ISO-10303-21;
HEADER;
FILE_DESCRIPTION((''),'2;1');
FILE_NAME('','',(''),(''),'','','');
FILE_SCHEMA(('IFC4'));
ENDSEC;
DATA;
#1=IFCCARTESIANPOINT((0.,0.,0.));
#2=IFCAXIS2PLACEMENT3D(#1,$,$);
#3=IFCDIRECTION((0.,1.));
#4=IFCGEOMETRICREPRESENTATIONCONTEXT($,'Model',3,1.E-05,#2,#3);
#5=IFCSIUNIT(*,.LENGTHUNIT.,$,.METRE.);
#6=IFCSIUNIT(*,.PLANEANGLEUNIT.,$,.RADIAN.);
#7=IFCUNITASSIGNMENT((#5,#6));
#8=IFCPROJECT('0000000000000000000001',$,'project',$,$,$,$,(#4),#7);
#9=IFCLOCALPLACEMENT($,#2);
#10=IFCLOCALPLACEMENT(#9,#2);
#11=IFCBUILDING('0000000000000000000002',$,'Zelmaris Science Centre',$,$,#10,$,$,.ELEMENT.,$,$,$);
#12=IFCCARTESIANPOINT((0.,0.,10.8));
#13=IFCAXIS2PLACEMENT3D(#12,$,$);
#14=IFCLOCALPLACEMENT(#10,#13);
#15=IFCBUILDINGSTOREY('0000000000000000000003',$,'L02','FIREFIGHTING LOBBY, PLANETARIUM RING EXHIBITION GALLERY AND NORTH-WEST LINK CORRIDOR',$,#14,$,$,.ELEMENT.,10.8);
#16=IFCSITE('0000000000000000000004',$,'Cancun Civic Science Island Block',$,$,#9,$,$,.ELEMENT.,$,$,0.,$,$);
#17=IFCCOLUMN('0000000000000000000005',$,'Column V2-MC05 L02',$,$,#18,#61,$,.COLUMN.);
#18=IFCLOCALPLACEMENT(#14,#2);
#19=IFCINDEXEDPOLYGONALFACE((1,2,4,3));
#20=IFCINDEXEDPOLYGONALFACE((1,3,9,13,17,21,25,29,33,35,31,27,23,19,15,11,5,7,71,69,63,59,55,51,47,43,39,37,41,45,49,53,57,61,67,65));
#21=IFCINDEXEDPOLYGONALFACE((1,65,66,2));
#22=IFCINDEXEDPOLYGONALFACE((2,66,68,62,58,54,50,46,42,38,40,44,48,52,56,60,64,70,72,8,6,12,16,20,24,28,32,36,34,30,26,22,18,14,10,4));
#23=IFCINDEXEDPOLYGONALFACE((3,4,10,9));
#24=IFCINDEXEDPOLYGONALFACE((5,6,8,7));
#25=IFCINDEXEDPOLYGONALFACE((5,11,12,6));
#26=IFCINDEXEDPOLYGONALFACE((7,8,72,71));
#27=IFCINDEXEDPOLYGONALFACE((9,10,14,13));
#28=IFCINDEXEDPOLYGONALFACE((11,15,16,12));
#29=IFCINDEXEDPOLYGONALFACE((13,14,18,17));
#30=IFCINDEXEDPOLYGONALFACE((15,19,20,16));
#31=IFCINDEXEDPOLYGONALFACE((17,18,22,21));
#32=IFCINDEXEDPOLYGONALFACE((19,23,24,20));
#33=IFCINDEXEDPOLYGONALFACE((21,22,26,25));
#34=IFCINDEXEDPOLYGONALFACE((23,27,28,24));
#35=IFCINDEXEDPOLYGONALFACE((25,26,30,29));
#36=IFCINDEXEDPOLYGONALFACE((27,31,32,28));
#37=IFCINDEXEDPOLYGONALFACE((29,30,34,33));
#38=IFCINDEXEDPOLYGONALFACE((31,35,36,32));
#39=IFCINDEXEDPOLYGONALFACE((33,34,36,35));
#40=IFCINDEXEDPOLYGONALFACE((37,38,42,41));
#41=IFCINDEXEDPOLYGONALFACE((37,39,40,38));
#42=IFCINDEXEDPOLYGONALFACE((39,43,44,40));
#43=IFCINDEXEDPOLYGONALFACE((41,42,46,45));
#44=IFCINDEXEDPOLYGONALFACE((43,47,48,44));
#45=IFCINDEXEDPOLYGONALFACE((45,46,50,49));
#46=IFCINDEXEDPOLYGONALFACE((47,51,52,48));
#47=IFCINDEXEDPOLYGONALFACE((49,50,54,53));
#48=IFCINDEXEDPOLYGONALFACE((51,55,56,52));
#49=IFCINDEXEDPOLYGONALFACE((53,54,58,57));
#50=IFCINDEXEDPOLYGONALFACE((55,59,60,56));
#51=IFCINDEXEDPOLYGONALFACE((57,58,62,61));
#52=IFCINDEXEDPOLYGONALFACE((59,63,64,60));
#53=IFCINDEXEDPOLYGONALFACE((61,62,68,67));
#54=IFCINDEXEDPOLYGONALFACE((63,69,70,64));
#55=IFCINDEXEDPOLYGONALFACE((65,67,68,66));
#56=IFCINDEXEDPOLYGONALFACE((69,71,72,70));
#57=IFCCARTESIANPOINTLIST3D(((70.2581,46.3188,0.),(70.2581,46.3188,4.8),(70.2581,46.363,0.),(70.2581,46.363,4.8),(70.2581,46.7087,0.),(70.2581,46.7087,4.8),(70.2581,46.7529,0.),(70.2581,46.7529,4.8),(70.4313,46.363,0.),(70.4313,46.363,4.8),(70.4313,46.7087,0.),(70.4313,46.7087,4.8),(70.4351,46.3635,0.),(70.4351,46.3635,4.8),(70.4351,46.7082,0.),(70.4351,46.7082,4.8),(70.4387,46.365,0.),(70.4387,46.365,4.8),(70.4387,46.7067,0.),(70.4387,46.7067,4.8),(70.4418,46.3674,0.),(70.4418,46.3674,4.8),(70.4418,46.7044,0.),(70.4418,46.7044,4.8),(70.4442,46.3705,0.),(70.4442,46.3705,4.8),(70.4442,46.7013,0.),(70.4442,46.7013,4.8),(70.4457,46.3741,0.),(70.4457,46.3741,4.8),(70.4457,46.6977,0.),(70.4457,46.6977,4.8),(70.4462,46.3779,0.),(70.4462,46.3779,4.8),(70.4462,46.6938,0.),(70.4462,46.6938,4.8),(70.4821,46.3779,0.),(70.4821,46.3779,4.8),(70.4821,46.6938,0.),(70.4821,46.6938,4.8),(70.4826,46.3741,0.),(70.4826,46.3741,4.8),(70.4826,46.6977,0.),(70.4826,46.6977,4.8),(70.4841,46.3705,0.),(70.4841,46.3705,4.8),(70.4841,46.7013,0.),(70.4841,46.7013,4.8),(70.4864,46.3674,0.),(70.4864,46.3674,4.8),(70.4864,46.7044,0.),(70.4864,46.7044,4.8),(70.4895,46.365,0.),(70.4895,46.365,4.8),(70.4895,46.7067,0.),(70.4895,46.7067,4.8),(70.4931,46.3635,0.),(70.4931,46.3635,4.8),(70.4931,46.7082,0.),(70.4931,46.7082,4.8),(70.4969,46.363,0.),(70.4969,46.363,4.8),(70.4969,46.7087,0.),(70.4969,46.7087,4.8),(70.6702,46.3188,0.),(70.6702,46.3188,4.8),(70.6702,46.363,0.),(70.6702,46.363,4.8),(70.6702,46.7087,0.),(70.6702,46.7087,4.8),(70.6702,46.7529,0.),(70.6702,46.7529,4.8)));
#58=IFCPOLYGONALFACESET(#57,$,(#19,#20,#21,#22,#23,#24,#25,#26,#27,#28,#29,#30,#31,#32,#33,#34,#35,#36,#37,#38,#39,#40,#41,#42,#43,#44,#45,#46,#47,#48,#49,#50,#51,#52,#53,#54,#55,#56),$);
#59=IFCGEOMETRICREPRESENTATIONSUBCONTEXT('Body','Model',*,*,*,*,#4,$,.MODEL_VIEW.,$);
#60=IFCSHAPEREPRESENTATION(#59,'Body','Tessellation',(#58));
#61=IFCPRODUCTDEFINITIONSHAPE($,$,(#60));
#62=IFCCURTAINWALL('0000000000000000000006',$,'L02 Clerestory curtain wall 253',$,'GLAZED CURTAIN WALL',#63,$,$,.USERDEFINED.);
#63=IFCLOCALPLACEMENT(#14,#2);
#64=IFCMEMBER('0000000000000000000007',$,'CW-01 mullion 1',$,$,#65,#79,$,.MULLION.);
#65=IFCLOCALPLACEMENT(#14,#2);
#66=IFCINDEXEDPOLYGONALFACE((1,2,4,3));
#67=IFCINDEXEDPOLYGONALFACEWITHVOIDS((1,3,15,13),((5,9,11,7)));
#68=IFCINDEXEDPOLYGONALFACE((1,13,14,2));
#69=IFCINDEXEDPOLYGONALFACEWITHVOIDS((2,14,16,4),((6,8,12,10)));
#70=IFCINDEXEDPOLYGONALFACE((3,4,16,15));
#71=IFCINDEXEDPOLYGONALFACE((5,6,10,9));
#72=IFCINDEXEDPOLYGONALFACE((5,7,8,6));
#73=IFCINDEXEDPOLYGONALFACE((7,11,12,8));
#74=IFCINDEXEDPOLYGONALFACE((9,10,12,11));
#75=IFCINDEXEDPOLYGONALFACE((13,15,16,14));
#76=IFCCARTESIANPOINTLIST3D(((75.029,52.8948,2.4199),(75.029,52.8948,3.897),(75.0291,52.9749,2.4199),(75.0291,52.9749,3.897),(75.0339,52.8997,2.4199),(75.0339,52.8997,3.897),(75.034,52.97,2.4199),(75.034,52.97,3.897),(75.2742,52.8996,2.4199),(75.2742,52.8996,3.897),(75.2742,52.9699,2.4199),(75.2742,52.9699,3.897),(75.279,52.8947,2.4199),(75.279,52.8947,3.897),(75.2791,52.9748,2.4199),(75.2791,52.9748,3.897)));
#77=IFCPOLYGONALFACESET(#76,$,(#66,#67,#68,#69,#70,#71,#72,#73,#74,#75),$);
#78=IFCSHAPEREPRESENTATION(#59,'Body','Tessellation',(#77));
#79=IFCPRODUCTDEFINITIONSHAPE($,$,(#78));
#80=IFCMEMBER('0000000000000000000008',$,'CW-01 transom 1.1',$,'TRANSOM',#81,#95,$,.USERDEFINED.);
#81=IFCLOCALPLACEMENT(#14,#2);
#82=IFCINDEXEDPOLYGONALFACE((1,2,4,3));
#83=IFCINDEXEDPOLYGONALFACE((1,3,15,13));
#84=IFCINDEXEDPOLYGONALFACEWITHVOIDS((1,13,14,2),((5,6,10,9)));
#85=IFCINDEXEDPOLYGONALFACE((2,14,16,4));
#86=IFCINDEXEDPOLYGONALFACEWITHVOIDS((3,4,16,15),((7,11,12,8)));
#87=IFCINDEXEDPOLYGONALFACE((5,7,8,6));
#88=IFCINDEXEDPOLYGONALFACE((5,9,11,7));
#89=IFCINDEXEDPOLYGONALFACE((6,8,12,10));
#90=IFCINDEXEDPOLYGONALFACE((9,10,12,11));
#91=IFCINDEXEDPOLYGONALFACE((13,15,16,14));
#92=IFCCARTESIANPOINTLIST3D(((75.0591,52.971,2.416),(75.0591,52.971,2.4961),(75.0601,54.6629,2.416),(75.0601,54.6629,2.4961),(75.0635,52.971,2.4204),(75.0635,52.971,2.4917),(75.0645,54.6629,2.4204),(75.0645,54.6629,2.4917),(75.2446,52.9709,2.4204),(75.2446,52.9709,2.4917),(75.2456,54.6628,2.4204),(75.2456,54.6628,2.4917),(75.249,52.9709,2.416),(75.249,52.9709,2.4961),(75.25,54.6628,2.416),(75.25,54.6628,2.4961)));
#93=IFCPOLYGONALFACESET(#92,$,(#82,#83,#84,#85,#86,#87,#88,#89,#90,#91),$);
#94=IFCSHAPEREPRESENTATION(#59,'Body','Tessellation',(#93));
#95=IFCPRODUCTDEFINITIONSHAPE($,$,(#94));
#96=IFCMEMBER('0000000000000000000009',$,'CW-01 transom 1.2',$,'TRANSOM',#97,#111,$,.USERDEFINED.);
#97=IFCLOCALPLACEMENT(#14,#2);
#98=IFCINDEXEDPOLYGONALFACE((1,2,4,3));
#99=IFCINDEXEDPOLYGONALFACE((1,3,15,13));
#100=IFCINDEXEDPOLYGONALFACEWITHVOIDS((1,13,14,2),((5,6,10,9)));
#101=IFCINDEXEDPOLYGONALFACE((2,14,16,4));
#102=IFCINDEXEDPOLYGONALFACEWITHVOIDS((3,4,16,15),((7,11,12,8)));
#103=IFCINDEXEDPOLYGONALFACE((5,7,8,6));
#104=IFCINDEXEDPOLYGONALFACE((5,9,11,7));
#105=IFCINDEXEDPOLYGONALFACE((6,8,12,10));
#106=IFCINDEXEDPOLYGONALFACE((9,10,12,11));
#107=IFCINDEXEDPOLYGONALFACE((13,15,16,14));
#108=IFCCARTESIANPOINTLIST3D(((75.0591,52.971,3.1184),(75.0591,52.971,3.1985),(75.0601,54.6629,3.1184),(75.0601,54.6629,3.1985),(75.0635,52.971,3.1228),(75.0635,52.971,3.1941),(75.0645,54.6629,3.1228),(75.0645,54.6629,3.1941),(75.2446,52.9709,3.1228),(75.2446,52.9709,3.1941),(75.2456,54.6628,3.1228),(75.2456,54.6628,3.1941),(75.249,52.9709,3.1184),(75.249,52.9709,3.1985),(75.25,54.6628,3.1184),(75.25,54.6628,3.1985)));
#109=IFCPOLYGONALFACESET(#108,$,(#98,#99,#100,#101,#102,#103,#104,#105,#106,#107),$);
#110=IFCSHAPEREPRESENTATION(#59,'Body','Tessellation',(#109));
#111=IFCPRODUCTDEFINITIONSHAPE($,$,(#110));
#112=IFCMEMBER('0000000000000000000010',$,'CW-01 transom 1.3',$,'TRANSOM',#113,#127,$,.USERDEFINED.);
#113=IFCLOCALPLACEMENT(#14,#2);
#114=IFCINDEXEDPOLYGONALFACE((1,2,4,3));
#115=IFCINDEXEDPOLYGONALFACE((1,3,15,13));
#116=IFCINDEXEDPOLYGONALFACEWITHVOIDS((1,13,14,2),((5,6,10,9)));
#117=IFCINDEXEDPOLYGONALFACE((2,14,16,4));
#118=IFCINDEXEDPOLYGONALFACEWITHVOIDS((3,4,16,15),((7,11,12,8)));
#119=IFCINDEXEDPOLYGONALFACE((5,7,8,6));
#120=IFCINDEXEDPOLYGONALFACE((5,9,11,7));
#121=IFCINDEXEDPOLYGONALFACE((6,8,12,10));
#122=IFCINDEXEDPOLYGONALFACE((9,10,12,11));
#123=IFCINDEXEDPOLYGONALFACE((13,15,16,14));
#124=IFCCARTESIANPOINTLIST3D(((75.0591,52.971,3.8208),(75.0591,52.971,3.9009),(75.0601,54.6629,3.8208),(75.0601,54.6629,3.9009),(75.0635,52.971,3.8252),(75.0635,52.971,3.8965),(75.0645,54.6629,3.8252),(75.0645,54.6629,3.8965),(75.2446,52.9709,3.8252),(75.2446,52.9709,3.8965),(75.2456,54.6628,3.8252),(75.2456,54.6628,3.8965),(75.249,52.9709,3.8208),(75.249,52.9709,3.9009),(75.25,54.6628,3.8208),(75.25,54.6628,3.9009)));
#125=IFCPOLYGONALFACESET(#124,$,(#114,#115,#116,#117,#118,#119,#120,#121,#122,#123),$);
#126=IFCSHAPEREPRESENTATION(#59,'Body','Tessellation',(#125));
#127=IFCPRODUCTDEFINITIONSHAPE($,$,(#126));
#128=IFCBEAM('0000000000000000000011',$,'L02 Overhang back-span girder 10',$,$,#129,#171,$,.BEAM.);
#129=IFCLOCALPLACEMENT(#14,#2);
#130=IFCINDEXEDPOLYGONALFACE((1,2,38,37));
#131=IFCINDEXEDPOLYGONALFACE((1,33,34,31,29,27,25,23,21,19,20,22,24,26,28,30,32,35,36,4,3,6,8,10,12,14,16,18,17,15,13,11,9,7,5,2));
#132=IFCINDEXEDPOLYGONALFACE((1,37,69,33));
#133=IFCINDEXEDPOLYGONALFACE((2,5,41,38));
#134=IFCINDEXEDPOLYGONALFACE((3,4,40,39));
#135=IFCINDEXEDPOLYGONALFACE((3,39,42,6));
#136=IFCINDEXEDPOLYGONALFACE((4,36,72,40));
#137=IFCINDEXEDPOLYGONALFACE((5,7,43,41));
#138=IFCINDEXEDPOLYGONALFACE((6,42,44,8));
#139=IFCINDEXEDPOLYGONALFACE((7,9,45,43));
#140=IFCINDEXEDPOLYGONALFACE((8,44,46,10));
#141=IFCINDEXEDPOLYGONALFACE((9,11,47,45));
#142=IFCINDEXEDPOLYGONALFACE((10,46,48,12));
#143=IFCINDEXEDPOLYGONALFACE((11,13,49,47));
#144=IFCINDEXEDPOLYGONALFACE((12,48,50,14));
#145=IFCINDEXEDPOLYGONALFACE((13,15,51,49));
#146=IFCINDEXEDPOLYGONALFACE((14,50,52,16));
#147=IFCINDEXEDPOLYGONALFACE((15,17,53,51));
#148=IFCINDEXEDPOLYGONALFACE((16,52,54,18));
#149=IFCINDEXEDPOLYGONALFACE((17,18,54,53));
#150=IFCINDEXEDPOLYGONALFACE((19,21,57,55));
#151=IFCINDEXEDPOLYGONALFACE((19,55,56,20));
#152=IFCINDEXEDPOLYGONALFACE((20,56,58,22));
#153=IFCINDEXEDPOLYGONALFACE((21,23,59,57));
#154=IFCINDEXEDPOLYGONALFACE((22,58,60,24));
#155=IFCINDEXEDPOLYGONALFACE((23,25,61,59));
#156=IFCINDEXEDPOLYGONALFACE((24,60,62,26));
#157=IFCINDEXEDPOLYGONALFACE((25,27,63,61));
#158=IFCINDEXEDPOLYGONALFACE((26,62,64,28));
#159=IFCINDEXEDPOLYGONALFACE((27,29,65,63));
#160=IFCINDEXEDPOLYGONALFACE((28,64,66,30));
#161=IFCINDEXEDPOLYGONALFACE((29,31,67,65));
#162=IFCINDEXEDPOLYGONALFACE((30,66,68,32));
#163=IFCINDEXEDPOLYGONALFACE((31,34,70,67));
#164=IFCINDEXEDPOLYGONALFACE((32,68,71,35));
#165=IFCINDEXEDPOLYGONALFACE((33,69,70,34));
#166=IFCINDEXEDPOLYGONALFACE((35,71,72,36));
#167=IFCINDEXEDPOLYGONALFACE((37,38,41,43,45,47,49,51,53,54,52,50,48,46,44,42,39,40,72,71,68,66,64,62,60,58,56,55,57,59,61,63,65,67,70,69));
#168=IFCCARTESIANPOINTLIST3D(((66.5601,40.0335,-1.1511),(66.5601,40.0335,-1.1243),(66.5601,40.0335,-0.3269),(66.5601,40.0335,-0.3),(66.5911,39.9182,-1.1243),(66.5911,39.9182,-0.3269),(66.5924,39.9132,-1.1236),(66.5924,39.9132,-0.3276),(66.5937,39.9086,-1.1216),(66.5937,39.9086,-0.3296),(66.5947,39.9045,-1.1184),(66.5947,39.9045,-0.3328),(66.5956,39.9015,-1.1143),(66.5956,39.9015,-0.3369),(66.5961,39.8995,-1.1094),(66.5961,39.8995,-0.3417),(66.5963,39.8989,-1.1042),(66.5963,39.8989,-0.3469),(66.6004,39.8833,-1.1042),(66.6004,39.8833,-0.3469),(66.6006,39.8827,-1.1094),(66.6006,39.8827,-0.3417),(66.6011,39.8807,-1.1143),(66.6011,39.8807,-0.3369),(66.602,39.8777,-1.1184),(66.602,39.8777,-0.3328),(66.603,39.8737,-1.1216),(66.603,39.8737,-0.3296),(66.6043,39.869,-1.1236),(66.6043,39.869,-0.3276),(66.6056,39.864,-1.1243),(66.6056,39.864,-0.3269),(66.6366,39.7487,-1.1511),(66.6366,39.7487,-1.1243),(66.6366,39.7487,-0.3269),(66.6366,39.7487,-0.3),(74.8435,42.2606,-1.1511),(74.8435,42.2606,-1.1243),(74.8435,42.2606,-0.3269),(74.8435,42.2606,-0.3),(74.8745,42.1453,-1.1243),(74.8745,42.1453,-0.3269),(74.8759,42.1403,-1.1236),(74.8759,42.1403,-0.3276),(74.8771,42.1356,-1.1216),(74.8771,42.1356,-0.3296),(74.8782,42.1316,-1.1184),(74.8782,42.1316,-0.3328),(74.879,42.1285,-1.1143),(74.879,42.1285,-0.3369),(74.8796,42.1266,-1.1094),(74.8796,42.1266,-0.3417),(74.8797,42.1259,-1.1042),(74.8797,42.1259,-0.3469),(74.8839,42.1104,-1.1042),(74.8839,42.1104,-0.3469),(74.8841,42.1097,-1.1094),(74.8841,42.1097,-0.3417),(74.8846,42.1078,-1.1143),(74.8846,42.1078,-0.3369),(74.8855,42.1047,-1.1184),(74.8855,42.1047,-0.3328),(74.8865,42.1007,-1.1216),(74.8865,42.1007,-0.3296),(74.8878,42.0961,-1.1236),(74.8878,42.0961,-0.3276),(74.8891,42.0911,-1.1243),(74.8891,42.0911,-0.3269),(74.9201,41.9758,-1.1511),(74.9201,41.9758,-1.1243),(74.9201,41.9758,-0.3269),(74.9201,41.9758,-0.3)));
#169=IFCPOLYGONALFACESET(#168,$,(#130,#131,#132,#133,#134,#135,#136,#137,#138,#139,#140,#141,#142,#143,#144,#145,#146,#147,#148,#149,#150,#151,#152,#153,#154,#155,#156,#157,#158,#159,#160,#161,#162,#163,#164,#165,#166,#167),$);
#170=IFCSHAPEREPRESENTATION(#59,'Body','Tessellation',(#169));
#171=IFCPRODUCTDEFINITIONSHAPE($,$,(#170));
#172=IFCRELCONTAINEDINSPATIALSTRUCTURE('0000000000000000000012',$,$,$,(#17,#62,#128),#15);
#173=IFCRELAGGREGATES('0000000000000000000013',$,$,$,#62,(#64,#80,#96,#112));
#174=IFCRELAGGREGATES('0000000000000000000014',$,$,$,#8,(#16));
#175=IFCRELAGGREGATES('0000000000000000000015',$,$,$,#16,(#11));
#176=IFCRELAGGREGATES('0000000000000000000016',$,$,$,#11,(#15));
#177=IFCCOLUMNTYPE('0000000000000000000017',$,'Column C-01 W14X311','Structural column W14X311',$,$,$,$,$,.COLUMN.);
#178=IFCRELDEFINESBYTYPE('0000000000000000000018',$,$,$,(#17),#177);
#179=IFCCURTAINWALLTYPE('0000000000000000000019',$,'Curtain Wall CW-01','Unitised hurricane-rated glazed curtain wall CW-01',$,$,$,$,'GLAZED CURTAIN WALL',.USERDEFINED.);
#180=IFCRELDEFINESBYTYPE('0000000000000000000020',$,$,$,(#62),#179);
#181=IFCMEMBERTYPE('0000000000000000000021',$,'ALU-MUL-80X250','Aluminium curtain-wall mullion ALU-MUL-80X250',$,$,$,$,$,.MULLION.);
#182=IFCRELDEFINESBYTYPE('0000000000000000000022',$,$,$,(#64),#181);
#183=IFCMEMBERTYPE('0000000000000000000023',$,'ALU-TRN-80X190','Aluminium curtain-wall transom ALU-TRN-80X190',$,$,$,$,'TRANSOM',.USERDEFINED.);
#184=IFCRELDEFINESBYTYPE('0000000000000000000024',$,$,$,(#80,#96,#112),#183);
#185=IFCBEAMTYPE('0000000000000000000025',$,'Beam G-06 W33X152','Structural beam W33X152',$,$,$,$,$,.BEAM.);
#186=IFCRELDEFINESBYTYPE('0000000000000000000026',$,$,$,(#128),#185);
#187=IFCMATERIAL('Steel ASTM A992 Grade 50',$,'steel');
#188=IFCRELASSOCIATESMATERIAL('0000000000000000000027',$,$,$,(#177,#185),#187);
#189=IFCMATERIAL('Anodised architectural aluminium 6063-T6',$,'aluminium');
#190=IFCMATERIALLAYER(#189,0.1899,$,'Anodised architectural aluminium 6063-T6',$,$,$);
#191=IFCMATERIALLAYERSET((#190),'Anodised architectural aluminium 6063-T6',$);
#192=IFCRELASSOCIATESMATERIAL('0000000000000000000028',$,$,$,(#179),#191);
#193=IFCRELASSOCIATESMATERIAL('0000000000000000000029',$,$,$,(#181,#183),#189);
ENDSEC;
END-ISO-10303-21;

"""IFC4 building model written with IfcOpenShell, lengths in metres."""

from ifc_helpers import new_model, si_unit, direction, frame, origin, origin_2d, place, context, subcontext, project, spatial, hollow_rectangle, i_section, extrude, material, layer, layer_set, material_profile, profile_set, type_object, element, aggregate, save


model = new_model("IFC4")

# Units and contexts
model_context = context("Model", 3, precision=1e-05, world=origin(), true_north=direction((0.0, 1.0)))
body_context = subcontext(model_context, "Body", "Model", "MODEL_VIEW")
ifc_project = project(units=[si_unit("LENGTHUNIT", "METRE"), si_unit("PLANEANGLEUNIT", "RADIAN")], contexts=[model_context])

# Site, building, storey
site_placement = place(None, origin())
site = spatial("IfcSite", under=ifc_project, at=site_placement, Name="Cancun Civic Science Island Block", CompositionType="ELEMENT", RefElevation=0.0)
building_placement = place(site_placement, origin())
building = spatial("IfcBuilding", under=site, at=building_placement, Name="Zelmaris Science Centre", CompositionType="ELEMENT")
storey_placement = place(building_placement, frame((0.0, 0.0, 10.8)))
storey = spatial("IfcBuildingStorey", under=building, at=storey_placement, Name="L02", Description="FIREFIGHTING LOBBY, PLANETARIUM RING EXHIBITION GALLERY AND NORTH-WEST LINK CORRIDOR", CompositionType="ELEMENT", Elevation=10.8)

# Column
ifc_material_1 = material(Name="Steel ASTM A992 Grade 50", Category="steel")
ifc_material_profile_1 = material_profile(ifc_material_1, i_section(OverallWidth=0.4121, OverallDepth=0.4341, WebThickness=0.0359, FlangeThickness=0.0442, FilletRadius=0.0149, at=origin_2d()), Name="W14X311")
ifc_profile_set_1 = profile_set([ifc_material_profile_1], Name="Steel ASTM A992 Grade 50")
column_type = type_object("IfcColumnType", Name="Column C-01 W14X311", Description="Structural column W14X311", PredefinedType="COLUMN", material=ifc_profile_set_1)
column_placement = place(storey_placement, frame((70.4641, 46.5359, 0.0), z_axis=(0.0, 0.0, 1.0), x_axis=(1.0, 0.0, 0.0)))
element("IfcColumn", 1, at=column_placement, inside=storey, type_object=column_type, Name="Column V2-MC05 L02", PredefinedType="COLUMN", context=body_context, shape_type="SweptSolid", body=[
    extrude(i_section(OverallWidth=0.4121, OverallDepth=0.4341, WebThickness=0.0359, FlangeThickness=0.0442, FilletRadius=0.0149, at=origin_2d()), origin(), (0.0, 0.0, 1.0), 4.8),
])

# Curtain wall, members
ifc_material_2 = material(Name="Anodised architectural aluminium 6063-T6", Category="aluminium")
ifc_layer_1 = layer(ifc_material_2, 0.1899, Name="Anodised architectural aluminium 6063-T6")
ifc_layer_set_1 = layer_set([ifc_layer_1], Name="Anodised architectural aluminium 6063-T6")
curtain_wall_type = type_object("IfcCurtainWallType", Name="Curtain Wall CW-01", Description="Unitised hurricane-rated glazed curtain wall CW-01", ElementType="GLAZED CURTAIN WALL", PredefinedType="USERDEFINED", material=ifc_layer_set_1)
curtain_wall_placement = place(storey_placement, origin())
curtain_wall = element("IfcCurtainWall", 2, at=curtain_wall_placement, inside=storey, type_object=curtain_wall_type, Name="L02 Clerestory curtain wall 253", ObjectType="GLAZED CURTAIN WALL", PredefinedType="USERDEFINED")
ifc_material_profile_2 = material_profile(ifc_material_2, hollow_rectangle(XDim=0.0801, YDim=0.25, WallThickness=0.0049, at=origin_2d()), Name="ALU-MUL-80X250")
ifc_profile_set_2 = profile_set([ifc_material_profile_2], Name="Anodised architectural aluminium 6063-T6")
member_type_1 = type_object("IfcMemberType", Name="ALU-MUL-80X250", Description="Aluminium curtain-wall mullion ALU-MUL-80X250", PredefinedType="MULLION", material=ifc_profile_set_2)
member_1_placement = place(storey_placement, frame((75.1541, 52.9348, 2.4199), z_axis=(0.0, 0.0, 1.0), x_axis=(0.000534, 1.0, 0.0)))
member_1 = element("IfcMember", 3, at=member_1_placement, type_object=member_type_1, Name="CW-01 mullion 1", PredefinedType="MULLION", context=body_context, shape_type="SweptSolid", body=[
    extrude(hollow_rectangle(XDim=0.0801, YDim=0.25, WallThickness=0.0049, at=origin_2d()), origin(), (0.0, 0.0, 1.0), 1.4771),
])
ifc_material_profile_3 = material_profile(ifc_material_2, hollow_rectangle(XDim=0.0801, YDim=0.1899, WallThickness=0.0044, at=origin_2d()), Name="ALU-TRN-80X190")
ifc_profile_set_3 = profile_set([ifc_material_profile_3], Name="Anodised architectural aluminium 6063-T6")
member_type_2 = type_object("IfcMemberType", Name="ALU-TRN-80X190", Description="Aluminium curtain-wall transom ALU-TRN-80X190", ElementType="TRANSOM", PredefinedType="USERDEFINED", material=ifc_profile_set_3)
member_2_placement = place(storey_placement, frame((75.1541, 52.9709, 2.4561), z_axis=(0.000577, 1.0, 0.0), x_axis=(0.0, 0.0, 1.0)))
member_2 = element("IfcMember", 4, at=member_2_placement, type_object=member_type_2, Name="CW-01 transom 1.1", ObjectType="TRANSOM", PredefinedType="USERDEFINED", context=body_context, shape_type="SweptSolid", body=[
    extrude(hollow_rectangle(XDim=0.0801, YDim=0.1899, WallThickness=0.0044, at=origin_2d()), origin(), (0.0, 0.0, 1.0), 1.6919),
])
member_3_placement = place(storey_placement, frame((75.1541, 52.9709, 3.1584), z_axis=(0.000577, 1.0, 0.0), x_axis=(0.0, 0.0, 1.0)))
member_3 = element("IfcMember", 5, at=member_3_placement, type_object=member_type_2, Name="CW-01 transom 1.2", ObjectType="TRANSOM", PredefinedType="USERDEFINED", context=body_context, shape_type="SweptSolid", body=[
    extrude(hollow_rectangle(XDim=0.0801, YDim=0.1899, WallThickness=0.0044, at=origin_2d()), origin(), (0.0, 0.0, 1.0), 1.6919),
])
member_4_placement = place(storey_placement, frame((75.1541, 52.9709, 3.8608), z_axis=(0.000577, 1.0, 0.0), x_axis=(0.0, 0.0, 1.0)))
member_4 = element("IfcMember", 6, at=member_4_placement, type_object=member_type_2, Name="CW-01 transom 1.3", ObjectType="TRANSOM", PredefinedType="USERDEFINED", context=body_context, shape_type="SweptSolid", body=[
    extrude(hollow_rectangle(XDim=0.0801, YDim=0.1899, WallThickness=0.0044, at=origin_2d()), origin(), (0.0, 0.0, 1.0), 1.6919),
])

# Beam
ifc_material_profile_4 = material_profile(ifc_material_1, i_section(OverallWidth=0.2949, OverallDepth=0.8511, WebThickness=0.0161, FlangeThickness=0.0269, FilletRadius=0.02, at=origin_2d()), Name="W33X152")
ifc_profile_set_4 = profile_set([ifc_material_profile_4], Name="Steel ASTM A992 Grade 50")
beam_type_1 = type_object("IfcBeamType", Name="Beam G-06 W33X152", Description="Structural beam W33X152", PredefinedType="BEAM", material=ifc_profile_set_4)
beam_1_placement = place(storey_placement, frame((74.8818, 42.1182, -0.7256), z_axis=(-0.965707, -0.259636, 0.0), x_axis=(0.259636, -0.965707, 0.0)))
element("IfcBeam", 7, at=beam_1_placement, inside=storey, type_object=beam_type_1, Name="L02 Overhang back-span girder 10", PredefinedType="BEAM", context=body_context, shape_type="SweptSolid", body=[
    extrude(i_section(OverallWidth=0.2949, OverallDepth=0.8511, WebThickness=0.0161, FlangeThickness=0.0269, FilletRadius=0.02, at=origin_2d()), origin(), (0.0, 0.0, 1.0), 8.5776),
])

aggregate(curtain_wall, [member_1, member_2, member_3, member_4])

save(model, "model.ifc")
